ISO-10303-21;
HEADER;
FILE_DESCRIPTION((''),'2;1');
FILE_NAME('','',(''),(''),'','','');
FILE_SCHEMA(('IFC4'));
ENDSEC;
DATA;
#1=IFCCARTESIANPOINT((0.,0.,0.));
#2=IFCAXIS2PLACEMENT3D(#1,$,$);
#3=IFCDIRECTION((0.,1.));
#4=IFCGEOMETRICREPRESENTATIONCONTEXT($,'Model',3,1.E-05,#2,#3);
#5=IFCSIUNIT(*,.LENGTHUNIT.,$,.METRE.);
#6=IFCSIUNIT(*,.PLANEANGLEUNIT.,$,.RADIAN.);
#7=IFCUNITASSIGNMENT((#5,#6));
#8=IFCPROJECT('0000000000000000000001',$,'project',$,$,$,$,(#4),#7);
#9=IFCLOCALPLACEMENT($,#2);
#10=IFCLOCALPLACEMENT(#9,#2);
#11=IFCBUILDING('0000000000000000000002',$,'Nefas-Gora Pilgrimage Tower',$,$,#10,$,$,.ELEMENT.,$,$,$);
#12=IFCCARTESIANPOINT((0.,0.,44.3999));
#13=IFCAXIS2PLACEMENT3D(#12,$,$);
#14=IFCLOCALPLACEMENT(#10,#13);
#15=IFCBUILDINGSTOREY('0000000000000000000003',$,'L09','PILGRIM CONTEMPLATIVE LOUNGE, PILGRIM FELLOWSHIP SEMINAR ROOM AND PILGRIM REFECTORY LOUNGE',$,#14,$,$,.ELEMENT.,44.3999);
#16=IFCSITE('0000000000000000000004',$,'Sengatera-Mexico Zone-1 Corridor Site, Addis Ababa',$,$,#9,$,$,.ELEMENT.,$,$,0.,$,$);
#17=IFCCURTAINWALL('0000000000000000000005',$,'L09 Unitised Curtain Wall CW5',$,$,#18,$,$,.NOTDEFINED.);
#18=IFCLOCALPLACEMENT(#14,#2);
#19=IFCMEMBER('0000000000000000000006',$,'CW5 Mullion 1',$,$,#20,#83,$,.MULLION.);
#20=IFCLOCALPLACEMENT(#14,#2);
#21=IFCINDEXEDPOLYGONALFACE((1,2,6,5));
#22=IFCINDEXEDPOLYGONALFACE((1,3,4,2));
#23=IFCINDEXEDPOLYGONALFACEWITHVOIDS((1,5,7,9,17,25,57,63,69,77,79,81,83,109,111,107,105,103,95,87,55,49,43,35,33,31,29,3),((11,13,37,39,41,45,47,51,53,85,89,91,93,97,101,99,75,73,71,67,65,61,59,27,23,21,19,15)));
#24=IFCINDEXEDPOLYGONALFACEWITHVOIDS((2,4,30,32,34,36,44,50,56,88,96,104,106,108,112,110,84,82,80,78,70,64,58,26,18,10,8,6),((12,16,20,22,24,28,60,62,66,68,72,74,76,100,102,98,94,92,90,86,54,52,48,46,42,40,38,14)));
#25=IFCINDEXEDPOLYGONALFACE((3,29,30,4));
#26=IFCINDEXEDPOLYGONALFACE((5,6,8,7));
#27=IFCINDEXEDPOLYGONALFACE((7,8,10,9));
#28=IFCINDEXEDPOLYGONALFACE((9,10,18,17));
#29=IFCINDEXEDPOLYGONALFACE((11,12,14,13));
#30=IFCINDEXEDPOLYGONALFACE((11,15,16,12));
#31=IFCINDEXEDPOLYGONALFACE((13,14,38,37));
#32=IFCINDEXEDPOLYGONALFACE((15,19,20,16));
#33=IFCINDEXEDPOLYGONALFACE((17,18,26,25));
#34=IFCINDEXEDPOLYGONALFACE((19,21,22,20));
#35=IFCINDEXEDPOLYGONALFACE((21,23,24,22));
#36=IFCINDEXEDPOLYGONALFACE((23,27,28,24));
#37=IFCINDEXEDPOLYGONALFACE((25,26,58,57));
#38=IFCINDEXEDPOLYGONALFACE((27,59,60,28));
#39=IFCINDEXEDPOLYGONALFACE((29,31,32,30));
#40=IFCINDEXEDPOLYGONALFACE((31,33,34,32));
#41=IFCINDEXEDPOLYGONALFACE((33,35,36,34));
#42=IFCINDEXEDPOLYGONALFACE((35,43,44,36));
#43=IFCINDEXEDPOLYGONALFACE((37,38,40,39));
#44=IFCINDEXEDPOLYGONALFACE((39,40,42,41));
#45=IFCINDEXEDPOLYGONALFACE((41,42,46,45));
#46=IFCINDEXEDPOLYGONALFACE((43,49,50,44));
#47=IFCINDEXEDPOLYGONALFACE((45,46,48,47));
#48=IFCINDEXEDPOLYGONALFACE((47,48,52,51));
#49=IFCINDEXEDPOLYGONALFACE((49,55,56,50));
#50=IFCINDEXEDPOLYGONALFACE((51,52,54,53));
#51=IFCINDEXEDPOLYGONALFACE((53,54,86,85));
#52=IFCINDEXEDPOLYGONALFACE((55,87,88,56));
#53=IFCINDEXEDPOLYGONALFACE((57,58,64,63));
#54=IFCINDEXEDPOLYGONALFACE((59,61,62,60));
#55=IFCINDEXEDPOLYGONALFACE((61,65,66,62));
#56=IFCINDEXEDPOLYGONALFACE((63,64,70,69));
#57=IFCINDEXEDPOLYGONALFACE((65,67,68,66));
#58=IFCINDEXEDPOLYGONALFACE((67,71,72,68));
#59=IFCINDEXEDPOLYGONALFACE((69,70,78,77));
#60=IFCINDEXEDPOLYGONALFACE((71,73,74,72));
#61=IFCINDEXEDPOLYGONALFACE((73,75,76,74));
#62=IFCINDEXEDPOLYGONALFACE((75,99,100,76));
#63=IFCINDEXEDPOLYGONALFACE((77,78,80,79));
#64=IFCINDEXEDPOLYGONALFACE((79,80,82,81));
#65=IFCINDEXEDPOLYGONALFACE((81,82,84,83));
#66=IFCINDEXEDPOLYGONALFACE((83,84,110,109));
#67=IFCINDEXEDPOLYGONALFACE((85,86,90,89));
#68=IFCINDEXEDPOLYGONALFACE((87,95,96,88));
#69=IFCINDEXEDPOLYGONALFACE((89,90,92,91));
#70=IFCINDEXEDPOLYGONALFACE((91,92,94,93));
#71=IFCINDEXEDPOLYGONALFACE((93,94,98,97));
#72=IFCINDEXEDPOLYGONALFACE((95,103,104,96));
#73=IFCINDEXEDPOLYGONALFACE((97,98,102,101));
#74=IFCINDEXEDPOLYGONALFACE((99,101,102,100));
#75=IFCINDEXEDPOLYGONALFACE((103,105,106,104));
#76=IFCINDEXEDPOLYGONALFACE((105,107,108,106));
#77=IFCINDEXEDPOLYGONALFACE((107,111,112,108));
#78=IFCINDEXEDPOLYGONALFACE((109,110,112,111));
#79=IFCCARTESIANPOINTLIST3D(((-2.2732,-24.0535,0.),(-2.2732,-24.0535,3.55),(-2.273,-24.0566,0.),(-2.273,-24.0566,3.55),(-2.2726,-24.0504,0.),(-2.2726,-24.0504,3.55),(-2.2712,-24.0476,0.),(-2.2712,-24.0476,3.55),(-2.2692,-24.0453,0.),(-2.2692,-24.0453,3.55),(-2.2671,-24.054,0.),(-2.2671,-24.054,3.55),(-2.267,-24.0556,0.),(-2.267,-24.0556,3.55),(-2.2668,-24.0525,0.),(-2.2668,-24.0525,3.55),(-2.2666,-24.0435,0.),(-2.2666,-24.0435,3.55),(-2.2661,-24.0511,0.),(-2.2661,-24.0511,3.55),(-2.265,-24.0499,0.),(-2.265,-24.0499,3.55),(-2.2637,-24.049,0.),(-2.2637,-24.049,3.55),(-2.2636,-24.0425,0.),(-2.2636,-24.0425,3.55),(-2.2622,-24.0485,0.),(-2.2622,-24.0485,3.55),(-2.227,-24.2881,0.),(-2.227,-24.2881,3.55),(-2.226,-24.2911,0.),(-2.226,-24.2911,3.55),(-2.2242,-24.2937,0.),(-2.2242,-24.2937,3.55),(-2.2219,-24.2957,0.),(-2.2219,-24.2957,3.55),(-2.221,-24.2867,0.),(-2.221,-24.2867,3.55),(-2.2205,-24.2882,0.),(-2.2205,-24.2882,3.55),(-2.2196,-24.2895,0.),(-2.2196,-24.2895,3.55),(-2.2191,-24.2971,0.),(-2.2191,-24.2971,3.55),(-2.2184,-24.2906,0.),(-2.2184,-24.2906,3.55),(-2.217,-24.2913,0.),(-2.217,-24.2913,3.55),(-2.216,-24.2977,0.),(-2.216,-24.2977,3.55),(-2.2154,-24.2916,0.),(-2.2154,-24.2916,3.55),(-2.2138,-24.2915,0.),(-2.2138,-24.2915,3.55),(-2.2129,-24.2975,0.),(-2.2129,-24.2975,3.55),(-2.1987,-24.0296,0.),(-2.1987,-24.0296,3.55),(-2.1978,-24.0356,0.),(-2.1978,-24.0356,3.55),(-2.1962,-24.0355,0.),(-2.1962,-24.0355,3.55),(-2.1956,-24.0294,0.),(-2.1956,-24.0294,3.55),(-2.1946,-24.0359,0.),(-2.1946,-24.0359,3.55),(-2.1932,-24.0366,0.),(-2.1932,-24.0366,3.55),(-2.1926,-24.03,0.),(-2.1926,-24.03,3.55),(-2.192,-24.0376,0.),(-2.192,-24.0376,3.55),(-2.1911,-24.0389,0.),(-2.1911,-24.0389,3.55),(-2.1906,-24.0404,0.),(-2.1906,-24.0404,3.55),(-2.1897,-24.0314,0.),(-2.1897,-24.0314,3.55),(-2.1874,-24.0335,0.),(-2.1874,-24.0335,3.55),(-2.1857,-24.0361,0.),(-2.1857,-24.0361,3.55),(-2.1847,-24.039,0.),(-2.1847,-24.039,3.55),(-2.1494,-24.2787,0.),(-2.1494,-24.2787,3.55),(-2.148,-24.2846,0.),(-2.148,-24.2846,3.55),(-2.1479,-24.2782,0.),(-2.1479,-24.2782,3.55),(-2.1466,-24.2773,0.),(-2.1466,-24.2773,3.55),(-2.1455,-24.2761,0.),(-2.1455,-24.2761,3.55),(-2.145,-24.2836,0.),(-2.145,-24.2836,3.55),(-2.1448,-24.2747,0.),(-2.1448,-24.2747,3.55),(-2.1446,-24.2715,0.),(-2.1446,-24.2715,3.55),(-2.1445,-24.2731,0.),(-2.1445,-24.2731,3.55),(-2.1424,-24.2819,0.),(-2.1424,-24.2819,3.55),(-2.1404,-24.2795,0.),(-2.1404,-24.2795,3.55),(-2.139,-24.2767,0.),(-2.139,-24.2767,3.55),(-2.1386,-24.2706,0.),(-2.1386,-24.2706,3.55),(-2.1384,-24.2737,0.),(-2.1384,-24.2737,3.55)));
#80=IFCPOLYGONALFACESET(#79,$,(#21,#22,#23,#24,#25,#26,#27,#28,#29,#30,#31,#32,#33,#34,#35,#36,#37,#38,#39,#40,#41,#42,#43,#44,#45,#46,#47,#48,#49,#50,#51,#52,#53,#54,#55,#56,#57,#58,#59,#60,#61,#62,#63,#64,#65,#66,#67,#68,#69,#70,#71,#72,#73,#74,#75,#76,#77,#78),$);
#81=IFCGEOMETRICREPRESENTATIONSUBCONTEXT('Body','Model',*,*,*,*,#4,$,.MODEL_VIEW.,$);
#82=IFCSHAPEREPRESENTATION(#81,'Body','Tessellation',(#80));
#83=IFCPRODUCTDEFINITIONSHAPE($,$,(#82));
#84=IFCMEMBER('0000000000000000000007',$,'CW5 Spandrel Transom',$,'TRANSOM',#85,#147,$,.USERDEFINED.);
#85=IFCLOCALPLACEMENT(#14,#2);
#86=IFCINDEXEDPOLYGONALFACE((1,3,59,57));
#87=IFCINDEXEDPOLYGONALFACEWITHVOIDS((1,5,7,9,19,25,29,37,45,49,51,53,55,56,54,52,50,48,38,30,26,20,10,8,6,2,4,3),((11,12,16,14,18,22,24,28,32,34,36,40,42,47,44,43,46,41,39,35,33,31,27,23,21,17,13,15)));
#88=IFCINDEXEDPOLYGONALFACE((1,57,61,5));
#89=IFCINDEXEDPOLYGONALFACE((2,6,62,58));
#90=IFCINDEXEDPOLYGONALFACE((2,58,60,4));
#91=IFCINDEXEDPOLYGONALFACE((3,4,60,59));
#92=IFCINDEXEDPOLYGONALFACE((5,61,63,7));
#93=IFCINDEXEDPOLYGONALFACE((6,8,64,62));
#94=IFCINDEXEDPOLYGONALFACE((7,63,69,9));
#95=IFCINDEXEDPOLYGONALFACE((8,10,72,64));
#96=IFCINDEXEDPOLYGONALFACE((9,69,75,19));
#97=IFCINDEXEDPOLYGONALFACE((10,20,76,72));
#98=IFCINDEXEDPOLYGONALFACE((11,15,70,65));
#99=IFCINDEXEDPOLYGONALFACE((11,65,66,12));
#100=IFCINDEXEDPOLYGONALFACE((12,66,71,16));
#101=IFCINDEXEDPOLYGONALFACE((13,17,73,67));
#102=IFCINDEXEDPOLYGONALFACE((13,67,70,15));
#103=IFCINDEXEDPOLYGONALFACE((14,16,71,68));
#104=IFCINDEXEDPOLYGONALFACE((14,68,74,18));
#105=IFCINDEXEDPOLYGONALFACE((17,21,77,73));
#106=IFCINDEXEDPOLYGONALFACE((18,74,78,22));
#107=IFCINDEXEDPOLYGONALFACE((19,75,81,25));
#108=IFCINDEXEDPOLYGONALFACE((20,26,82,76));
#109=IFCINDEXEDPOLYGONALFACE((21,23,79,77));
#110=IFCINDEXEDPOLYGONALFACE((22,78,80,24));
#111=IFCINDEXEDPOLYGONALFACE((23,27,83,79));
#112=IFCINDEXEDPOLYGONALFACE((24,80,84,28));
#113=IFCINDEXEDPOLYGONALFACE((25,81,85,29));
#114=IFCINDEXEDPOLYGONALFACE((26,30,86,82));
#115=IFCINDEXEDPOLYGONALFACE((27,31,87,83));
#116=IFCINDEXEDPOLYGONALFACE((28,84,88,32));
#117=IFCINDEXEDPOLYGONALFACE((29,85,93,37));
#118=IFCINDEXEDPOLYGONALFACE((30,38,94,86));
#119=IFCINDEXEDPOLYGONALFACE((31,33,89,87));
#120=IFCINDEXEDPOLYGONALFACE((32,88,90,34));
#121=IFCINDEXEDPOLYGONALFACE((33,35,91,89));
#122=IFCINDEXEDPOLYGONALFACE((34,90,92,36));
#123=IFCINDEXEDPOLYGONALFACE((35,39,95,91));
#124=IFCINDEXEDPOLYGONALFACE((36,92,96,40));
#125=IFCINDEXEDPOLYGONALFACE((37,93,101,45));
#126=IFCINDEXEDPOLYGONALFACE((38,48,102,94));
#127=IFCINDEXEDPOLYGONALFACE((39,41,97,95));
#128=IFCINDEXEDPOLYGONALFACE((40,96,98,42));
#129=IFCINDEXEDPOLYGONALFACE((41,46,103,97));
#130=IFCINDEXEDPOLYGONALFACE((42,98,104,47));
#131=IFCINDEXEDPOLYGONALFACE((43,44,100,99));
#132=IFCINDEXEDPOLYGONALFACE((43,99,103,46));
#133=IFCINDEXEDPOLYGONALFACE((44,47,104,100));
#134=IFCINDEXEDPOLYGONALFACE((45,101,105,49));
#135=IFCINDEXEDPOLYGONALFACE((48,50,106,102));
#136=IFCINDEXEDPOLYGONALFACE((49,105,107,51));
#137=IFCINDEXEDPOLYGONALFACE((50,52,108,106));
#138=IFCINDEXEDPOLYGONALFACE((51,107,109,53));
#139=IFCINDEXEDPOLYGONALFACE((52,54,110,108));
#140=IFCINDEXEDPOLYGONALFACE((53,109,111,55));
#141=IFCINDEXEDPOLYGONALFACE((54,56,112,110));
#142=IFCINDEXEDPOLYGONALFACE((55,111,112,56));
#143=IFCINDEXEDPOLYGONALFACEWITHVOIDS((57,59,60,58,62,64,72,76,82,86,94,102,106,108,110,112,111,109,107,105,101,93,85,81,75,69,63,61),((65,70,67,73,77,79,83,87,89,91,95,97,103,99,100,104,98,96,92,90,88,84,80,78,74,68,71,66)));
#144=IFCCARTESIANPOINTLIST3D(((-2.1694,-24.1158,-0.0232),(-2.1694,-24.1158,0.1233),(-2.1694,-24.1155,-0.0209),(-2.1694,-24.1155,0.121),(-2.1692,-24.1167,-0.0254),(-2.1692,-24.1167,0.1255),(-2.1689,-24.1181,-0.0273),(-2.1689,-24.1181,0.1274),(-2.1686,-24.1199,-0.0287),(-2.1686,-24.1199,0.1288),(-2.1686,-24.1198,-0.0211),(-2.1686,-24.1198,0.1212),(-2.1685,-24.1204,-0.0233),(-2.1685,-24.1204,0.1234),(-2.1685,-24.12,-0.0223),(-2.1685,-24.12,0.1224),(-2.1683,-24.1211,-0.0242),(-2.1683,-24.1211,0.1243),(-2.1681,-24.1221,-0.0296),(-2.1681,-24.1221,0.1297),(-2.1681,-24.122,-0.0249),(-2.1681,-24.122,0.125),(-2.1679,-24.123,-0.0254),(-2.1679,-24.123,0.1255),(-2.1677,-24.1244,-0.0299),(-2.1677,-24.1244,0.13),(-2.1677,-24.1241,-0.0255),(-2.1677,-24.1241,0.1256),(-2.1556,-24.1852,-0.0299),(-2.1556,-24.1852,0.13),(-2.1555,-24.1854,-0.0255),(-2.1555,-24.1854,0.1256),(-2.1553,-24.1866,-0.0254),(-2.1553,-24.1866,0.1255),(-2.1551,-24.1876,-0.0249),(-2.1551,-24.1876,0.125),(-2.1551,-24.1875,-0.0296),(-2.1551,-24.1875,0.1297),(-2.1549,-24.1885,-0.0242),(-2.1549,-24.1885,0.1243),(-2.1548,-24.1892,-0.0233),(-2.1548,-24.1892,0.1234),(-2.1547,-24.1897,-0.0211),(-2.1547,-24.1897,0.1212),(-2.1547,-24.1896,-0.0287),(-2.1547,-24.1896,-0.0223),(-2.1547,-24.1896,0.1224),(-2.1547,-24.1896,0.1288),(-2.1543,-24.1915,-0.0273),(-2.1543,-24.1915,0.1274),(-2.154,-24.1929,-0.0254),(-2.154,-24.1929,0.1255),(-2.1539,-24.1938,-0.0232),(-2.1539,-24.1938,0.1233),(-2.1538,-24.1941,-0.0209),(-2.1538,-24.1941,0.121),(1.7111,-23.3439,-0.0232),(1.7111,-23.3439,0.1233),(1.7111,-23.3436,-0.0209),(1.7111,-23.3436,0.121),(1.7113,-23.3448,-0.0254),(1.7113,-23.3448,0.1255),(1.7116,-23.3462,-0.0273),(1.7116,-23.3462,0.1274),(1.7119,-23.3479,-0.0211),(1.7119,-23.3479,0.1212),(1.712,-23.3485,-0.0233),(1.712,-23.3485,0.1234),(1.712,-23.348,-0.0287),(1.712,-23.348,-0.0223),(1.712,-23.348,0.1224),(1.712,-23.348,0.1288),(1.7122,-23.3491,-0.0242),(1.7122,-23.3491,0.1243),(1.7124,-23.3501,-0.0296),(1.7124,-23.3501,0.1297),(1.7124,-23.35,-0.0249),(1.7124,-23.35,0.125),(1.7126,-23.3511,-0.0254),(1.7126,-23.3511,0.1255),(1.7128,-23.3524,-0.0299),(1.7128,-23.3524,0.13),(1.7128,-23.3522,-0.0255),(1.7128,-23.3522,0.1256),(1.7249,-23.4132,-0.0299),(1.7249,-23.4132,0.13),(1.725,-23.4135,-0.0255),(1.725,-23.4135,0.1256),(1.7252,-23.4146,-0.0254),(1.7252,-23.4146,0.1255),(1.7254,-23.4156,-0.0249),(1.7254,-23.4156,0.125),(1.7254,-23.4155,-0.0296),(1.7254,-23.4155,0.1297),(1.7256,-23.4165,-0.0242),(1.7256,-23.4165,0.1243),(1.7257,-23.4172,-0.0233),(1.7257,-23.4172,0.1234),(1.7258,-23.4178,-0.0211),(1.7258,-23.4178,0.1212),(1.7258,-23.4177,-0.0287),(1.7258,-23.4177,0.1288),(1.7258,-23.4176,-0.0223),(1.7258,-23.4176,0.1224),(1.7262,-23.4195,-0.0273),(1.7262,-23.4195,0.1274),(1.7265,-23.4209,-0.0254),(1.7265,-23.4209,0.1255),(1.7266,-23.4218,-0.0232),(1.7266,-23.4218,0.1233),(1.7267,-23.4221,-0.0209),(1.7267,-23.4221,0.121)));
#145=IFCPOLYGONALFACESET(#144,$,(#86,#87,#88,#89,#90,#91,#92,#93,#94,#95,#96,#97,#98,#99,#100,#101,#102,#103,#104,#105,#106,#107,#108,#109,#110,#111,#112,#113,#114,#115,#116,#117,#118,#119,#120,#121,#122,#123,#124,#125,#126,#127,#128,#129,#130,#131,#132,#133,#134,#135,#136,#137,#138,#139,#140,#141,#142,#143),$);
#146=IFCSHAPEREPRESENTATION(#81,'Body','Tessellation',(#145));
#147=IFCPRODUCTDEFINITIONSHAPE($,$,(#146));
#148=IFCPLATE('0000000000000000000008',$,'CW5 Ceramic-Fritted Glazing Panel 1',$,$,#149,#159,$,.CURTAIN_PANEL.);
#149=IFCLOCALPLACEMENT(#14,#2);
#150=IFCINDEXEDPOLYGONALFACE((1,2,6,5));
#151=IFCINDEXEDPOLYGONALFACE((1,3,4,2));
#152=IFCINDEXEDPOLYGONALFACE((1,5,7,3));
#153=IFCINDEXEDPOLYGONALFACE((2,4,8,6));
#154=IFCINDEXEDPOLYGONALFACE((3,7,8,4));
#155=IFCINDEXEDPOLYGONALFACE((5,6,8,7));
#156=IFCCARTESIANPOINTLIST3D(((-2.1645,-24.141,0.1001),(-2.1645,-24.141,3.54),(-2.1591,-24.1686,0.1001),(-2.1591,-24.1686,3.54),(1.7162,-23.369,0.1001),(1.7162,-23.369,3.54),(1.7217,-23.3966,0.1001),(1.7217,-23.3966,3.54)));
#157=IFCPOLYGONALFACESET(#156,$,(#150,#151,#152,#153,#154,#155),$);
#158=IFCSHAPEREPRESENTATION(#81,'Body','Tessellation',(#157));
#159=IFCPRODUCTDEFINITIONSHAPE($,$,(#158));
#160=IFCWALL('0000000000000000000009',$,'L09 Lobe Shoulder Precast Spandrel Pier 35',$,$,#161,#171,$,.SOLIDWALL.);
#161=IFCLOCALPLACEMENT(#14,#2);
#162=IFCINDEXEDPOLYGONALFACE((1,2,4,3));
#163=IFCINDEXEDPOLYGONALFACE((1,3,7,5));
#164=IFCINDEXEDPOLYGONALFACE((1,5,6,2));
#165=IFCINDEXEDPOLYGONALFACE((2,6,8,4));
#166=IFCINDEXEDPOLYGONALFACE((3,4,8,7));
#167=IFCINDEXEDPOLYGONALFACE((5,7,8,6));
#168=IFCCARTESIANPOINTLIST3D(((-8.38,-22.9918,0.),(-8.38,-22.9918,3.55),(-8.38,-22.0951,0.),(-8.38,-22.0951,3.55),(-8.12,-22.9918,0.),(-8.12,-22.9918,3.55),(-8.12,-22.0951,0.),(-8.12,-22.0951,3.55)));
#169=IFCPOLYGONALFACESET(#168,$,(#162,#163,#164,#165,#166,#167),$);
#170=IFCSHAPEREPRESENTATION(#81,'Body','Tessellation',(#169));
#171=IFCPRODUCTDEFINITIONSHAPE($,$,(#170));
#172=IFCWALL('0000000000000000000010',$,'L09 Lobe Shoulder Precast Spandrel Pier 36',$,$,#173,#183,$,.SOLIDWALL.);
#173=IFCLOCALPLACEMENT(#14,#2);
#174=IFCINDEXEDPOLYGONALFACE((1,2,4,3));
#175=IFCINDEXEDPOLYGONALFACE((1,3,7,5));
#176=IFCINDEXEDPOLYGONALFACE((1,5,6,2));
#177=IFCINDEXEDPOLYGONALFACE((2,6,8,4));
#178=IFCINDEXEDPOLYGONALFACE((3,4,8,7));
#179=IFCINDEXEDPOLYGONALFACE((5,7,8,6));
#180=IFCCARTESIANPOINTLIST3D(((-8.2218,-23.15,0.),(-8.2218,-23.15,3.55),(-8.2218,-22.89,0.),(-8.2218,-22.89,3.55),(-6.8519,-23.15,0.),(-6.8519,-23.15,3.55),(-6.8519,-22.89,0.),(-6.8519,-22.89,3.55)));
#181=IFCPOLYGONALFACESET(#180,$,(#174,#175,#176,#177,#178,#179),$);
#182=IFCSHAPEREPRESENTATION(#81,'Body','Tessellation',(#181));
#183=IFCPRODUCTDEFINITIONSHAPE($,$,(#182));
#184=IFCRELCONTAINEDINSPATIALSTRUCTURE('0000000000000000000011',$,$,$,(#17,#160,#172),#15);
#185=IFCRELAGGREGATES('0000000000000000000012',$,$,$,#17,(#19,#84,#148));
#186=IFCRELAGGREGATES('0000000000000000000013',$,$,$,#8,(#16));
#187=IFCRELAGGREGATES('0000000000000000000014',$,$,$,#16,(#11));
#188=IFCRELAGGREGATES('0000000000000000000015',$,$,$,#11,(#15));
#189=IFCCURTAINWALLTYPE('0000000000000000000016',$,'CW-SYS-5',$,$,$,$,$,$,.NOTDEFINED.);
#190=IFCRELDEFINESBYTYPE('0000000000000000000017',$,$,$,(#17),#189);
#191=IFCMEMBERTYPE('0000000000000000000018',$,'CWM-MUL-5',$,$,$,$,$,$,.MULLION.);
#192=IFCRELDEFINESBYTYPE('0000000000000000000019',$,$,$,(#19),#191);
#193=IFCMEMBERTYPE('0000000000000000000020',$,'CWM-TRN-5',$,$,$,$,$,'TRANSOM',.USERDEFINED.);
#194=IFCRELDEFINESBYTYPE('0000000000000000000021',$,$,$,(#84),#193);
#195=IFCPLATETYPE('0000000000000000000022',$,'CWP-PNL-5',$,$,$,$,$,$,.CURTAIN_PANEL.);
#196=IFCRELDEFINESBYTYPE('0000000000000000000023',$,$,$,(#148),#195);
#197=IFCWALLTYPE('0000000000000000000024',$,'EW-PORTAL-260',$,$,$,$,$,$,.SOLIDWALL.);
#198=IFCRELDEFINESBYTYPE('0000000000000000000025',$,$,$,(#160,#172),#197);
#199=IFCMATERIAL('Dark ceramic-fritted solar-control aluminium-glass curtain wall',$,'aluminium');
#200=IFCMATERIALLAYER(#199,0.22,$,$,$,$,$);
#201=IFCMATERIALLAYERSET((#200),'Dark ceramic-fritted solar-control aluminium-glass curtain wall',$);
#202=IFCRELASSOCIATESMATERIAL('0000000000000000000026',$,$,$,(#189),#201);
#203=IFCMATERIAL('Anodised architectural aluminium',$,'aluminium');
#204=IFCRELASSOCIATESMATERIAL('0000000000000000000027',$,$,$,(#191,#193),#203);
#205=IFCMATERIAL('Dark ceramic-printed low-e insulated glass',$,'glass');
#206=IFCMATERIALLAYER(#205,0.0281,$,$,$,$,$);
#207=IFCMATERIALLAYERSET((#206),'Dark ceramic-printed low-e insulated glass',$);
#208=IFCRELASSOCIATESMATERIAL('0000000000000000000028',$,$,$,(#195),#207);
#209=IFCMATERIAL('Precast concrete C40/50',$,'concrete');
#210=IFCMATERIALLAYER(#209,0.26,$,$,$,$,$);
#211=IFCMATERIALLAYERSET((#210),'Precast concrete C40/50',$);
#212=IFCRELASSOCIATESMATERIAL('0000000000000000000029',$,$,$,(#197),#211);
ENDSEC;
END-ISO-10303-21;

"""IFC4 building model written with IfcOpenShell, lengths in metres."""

from ifc_helpers import new_model, si_unit, direction, frame, frame_2d, origin, origin_2d, place, context, subcontext, project, spatial, rectangle, hollow_rectangle, extrude, source, transform, mapped, material, layer, layer_set, material_profile, profile_set, type_object, element, aggregate, save


model = new_model("IFC4")

# Units and contexts
model_context = context("Model", 3, precision=1e-05, world=origin(), true_north=direction((0.0, 1.0)))
body_context = subcontext(model_context, "Body", "Model", "MODEL_VIEW")
ifc_project = project(units=[si_unit("LENGTHUNIT", "METRE"), si_unit("PLANEANGLEUNIT", "RADIAN")], contexts=[model_context])

# Site, building, storey
site_placement = place(None, origin())
site = spatial("IfcSite", under=ifc_project, at=site_placement, Name="Sengatera-Mexico Zone-1 Corridor Site, Addis Ababa", CompositionType="ELEMENT", RefElevation=0.0)
building_placement = place(site_placement, origin())
building = spatial("IfcBuilding", under=site, at=building_placement, Name="Nefas-Gora Pilgrimage Tower", CompositionType="ELEMENT")
storey_placement = place(building_placement, frame((0.0, 0.0, 44.3999)))
storey = spatial("IfcBuildingStorey", under=building, at=storey_placement, Name="L09", Description="PILGRIM CONTEMPLATIVE LOUNGE, PILGRIM FELLOWSHIP SEMINAR ROOM AND PILGRIM REFECTORY LOUNGE", CompositionType="ELEMENT", Elevation=44.3999)

# Curtain wall, members, plate
ifc_material_1 = material(Name="Dark ceramic-fritted solar-control aluminium-glass curtain wall", Category="aluminium")
ifc_layer_1 = layer(ifc_material_1, 0.22)
ifc_layer_set_1 = layer_set([ifc_layer_1], Name="Dark ceramic-fritted solar-control aluminium-glass curtain wall")
curtain_wall_type = type_object("IfcCurtainWallType", Name="CW-SYS-5", PredefinedType="NOTDEFINED", material=ifc_layer_set_1)
curtain_wall_placement = place(storey_placement, origin())
curtain_wall = element("IfcCurtainWall", 1, at=curtain_wall_placement, inside=storey, type_object=curtain_wall_type, Name="L09 Unitised Curtain Wall CW5", PredefinedType="NOTDEFINED")
ifc_material_2 = material(Name="Anodised architectural aluminium", Category="aluminium")
ifc_material_profile_1 = material_profile(ifc_material_2, hollow_rectangle(XDim=0.0901, YDim=0.26, WallThickness=0.0061, InnerFilletRadius=0.0061, OuterFilletRadius=0.012, at=origin_2d()), Name="ALU MULLION 90x260")
ifc_profile_set_1 = profile_set([ifc_material_profile_1], Name="Anodised architectural aluminium")
member_type_1 = type_object("IfcMemberType", Name="CWM-MUL-5", PredefinedType="MULLION", material=ifc_profile_set_1)
shared_shape_1 = source(origin(), body_context, "Body", "SweptSolid", [
    extrude(hollow_rectangle(XDim=0.0901, YDim=0.26, WallThickness=0.0061, InnerFilletRadius=0.0061, OuterFilletRadius=0.012, at=origin_2d()), origin(), (0.0, 0.0, 1.0), 3.55),
])
member_1_placement = place(storey_placement, frame((-2.2058, -24.1636, 0.0), z_axis=(0.0, 0.0, 1.0), x_axis=(0.980783, 0.195102, 0.0)))
member_1 = element("IfcMember", 2, at=member_1_placement, type_object=member_type_1, Name="CW5 Mullion 1", PredefinedType="MULLION", context=body_context, shape_type="MappedRepresentation", body=[
    mapped(shared_shape_1, transform((0.0, 0.0, 0.0), x_axis=(1.0, 0.0, 0.0), y_axis=(0.0, 1.0, 0.0), z_axis=(0.0, 0.0, 1.0), scale=1.0)),
])
ifc_material_profile_2 = material_profile(ifc_material_2, hollow_rectangle(XDim=0.0801, YDim=0.1599, WallThickness=0.0044, InnerFilletRadius=0.0044, OuterFilletRadius=0.009, at=origin_2d()), Name="ALU TRANSOM 80x160")
ifc_profile_set_2 = profile_set([ifc_material_profile_2], Name="Anodised architectural aluminium")
member_type_2 = type_object("IfcMemberType", Name="CWM-TRN-5", ElementType="TRANSOM", PredefinedType="USERDEFINED", material=ifc_profile_set_2)
shared_shape_2 = source(origin(), body_context, "Body", "SweptSolid", [
    extrude(hollow_rectangle(XDim=0.0801, YDim=0.1599, WallThickness=0.0044, InnerFilletRadius=0.0044, OuterFilletRadius=0.009, at=origin_2d()), origin(), (0.0, 0.0, 1.0), 3.9565),
])
member_2_placement = place(storey_placement, frame((-2.1616, -24.1548, 0.05), z_axis=(0.980782, 0.195107, 0.0), x_axis=(-0.195107, 0.980782, 0.0)))
member_2 = element("IfcMember", 3, at=member_2_placement, type_object=member_type_2, Name="CW5 Spandrel Transom", ObjectType="TRANSOM", PredefinedType="USERDEFINED", context=body_context, shape_type="MappedRepresentation", body=[
    mapped(shared_shape_2, transform((0.0, 0.0, 0.0), x_axis=(1.0, 0.0, 0.0), y_axis=(0.0, 1.0, 0.0), z_axis=(0.0, 0.0, 1.0), scale=1.0)),
])
ifc_material_3 = material(Name="Dark ceramic-printed low-e insulated glass", Category="glass")
ifc_layer_2 = layer(ifc_material_3, 0.0281)
ifc_layer_set_2 = layer_set([ifc_layer_2], Name="Dark ceramic-printed low-e insulated glass")
plate_type = type_object("IfcPlateType", Name="CWP-PNL-5", PredefinedType="CURTAIN_PANEL", material=ifc_layer_set_2)
shared_shape_3 = source(origin(), body_context, "Body", "SweptSolid", [
    extrude(rectangle(XDim=3.9568, YDim=0.0281, at=origin_2d()), origin(), (0.0, 0.0, 1.0), 3.4399),
])
plate_placement = place(storey_placement, frame((-0.2214, -23.7688, 0.1001), z_axis=(0.0, 0.0, 1.0), x_axis=(0.980783, 0.195102, 0.0)))
plate = element("IfcPlate", 4, at=plate_placement, type_object=plate_type, Name="CW5 Ceramic-Fritted Glazing Panel 1", PredefinedType="CURTAIN_PANEL", context=body_context, shape_type="MappedRepresentation", body=[
    mapped(shared_shape_3, transform((0.0, 0.0, 0.0), x_axis=(1.0, 0.0, 0.0), y_axis=(0.0, 1.0, 0.0), z_axis=(0.0, 0.0, 1.0), scale=1.0)),
])
aggregate(curtain_wall, [member_1, member_2, plate])

# Walls
ifc_material_4 = material(Name="Precast concrete C40/50", Category="concrete")
ifc_layer_3 = layer(ifc_material_4, 0.26)
ifc_layer_set_3 = layer_set([ifc_layer_3], Name="Precast concrete C40/50")
wall_type_1 = type_object("IfcWallType", Name="EW-PORTAL-260", PredefinedType="SOLIDWALL", material=ifc_layer_set_3)
shared_shape_4 = source(origin(), body_context, "Body", "SweptSolid", [
    extrude(rectangle(XDim=0.8967, YDim=0.26, at=frame_2d((0.4482, 0.0))), origin(), (0.0, 0.0, 1.0), 3.55),
])
wall_1_placement = place(storey_placement, frame((-8.25, -22.0952, 0.0), z_axis=(0.0, 0.0, 1.0), x_axis=(0.0, -1.0, 0.0)))
element("IfcWall", 5, at=wall_1_placement, inside=storey, type_object=wall_type_1, Name="L09 Lobe Shoulder Precast Spandrel Pier 35", PredefinedType="SOLIDWALL", context=body_context, shape_type="MappedRepresentation", body=[
    mapped(shared_shape_4, transform((0.0, 0.0, 0.0), x_axis=(1.0, 0.0, 0.0), y_axis=(0.0, 1.0, 0.0), z_axis=(0.0, 0.0, 1.0), scale=1.0)),
])
shared_shape_5 = source(origin(), body_context, "Body", "SweptSolid", [
    extrude(rectangle(XDim=1.3699, YDim=0.26, at=frame_2d((0.6851, 0.0))), origin(), (0.0, 0.0, 1.0), 3.55),
])
wall_2_placement = place(storey_placement, frame((-8.2219, -23.02, 0.0), z_axis=(0.0, 0.0, 1.0), x_axis=(1.0, 0.0, 0.0)))
element("IfcWall", 6, at=wall_2_placement, inside=storey, type_object=wall_type_1, Name="L09 Lobe Shoulder Precast Spandrel Pier 36", PredefinedType="SOLIDWALL", context=body_context, shape_type="MappedRepresentation", body=[
    mapped(shared_shape_5, transform((0.0, 0.0, 0.0), x_axis=(1.0, 0.0, 0.0), y_axis=(0.0, 1.0, 0.0), z_axis=(0.0, 0.0, 1.0), scale=1.0)),
])

save(model, "model.ifc")
